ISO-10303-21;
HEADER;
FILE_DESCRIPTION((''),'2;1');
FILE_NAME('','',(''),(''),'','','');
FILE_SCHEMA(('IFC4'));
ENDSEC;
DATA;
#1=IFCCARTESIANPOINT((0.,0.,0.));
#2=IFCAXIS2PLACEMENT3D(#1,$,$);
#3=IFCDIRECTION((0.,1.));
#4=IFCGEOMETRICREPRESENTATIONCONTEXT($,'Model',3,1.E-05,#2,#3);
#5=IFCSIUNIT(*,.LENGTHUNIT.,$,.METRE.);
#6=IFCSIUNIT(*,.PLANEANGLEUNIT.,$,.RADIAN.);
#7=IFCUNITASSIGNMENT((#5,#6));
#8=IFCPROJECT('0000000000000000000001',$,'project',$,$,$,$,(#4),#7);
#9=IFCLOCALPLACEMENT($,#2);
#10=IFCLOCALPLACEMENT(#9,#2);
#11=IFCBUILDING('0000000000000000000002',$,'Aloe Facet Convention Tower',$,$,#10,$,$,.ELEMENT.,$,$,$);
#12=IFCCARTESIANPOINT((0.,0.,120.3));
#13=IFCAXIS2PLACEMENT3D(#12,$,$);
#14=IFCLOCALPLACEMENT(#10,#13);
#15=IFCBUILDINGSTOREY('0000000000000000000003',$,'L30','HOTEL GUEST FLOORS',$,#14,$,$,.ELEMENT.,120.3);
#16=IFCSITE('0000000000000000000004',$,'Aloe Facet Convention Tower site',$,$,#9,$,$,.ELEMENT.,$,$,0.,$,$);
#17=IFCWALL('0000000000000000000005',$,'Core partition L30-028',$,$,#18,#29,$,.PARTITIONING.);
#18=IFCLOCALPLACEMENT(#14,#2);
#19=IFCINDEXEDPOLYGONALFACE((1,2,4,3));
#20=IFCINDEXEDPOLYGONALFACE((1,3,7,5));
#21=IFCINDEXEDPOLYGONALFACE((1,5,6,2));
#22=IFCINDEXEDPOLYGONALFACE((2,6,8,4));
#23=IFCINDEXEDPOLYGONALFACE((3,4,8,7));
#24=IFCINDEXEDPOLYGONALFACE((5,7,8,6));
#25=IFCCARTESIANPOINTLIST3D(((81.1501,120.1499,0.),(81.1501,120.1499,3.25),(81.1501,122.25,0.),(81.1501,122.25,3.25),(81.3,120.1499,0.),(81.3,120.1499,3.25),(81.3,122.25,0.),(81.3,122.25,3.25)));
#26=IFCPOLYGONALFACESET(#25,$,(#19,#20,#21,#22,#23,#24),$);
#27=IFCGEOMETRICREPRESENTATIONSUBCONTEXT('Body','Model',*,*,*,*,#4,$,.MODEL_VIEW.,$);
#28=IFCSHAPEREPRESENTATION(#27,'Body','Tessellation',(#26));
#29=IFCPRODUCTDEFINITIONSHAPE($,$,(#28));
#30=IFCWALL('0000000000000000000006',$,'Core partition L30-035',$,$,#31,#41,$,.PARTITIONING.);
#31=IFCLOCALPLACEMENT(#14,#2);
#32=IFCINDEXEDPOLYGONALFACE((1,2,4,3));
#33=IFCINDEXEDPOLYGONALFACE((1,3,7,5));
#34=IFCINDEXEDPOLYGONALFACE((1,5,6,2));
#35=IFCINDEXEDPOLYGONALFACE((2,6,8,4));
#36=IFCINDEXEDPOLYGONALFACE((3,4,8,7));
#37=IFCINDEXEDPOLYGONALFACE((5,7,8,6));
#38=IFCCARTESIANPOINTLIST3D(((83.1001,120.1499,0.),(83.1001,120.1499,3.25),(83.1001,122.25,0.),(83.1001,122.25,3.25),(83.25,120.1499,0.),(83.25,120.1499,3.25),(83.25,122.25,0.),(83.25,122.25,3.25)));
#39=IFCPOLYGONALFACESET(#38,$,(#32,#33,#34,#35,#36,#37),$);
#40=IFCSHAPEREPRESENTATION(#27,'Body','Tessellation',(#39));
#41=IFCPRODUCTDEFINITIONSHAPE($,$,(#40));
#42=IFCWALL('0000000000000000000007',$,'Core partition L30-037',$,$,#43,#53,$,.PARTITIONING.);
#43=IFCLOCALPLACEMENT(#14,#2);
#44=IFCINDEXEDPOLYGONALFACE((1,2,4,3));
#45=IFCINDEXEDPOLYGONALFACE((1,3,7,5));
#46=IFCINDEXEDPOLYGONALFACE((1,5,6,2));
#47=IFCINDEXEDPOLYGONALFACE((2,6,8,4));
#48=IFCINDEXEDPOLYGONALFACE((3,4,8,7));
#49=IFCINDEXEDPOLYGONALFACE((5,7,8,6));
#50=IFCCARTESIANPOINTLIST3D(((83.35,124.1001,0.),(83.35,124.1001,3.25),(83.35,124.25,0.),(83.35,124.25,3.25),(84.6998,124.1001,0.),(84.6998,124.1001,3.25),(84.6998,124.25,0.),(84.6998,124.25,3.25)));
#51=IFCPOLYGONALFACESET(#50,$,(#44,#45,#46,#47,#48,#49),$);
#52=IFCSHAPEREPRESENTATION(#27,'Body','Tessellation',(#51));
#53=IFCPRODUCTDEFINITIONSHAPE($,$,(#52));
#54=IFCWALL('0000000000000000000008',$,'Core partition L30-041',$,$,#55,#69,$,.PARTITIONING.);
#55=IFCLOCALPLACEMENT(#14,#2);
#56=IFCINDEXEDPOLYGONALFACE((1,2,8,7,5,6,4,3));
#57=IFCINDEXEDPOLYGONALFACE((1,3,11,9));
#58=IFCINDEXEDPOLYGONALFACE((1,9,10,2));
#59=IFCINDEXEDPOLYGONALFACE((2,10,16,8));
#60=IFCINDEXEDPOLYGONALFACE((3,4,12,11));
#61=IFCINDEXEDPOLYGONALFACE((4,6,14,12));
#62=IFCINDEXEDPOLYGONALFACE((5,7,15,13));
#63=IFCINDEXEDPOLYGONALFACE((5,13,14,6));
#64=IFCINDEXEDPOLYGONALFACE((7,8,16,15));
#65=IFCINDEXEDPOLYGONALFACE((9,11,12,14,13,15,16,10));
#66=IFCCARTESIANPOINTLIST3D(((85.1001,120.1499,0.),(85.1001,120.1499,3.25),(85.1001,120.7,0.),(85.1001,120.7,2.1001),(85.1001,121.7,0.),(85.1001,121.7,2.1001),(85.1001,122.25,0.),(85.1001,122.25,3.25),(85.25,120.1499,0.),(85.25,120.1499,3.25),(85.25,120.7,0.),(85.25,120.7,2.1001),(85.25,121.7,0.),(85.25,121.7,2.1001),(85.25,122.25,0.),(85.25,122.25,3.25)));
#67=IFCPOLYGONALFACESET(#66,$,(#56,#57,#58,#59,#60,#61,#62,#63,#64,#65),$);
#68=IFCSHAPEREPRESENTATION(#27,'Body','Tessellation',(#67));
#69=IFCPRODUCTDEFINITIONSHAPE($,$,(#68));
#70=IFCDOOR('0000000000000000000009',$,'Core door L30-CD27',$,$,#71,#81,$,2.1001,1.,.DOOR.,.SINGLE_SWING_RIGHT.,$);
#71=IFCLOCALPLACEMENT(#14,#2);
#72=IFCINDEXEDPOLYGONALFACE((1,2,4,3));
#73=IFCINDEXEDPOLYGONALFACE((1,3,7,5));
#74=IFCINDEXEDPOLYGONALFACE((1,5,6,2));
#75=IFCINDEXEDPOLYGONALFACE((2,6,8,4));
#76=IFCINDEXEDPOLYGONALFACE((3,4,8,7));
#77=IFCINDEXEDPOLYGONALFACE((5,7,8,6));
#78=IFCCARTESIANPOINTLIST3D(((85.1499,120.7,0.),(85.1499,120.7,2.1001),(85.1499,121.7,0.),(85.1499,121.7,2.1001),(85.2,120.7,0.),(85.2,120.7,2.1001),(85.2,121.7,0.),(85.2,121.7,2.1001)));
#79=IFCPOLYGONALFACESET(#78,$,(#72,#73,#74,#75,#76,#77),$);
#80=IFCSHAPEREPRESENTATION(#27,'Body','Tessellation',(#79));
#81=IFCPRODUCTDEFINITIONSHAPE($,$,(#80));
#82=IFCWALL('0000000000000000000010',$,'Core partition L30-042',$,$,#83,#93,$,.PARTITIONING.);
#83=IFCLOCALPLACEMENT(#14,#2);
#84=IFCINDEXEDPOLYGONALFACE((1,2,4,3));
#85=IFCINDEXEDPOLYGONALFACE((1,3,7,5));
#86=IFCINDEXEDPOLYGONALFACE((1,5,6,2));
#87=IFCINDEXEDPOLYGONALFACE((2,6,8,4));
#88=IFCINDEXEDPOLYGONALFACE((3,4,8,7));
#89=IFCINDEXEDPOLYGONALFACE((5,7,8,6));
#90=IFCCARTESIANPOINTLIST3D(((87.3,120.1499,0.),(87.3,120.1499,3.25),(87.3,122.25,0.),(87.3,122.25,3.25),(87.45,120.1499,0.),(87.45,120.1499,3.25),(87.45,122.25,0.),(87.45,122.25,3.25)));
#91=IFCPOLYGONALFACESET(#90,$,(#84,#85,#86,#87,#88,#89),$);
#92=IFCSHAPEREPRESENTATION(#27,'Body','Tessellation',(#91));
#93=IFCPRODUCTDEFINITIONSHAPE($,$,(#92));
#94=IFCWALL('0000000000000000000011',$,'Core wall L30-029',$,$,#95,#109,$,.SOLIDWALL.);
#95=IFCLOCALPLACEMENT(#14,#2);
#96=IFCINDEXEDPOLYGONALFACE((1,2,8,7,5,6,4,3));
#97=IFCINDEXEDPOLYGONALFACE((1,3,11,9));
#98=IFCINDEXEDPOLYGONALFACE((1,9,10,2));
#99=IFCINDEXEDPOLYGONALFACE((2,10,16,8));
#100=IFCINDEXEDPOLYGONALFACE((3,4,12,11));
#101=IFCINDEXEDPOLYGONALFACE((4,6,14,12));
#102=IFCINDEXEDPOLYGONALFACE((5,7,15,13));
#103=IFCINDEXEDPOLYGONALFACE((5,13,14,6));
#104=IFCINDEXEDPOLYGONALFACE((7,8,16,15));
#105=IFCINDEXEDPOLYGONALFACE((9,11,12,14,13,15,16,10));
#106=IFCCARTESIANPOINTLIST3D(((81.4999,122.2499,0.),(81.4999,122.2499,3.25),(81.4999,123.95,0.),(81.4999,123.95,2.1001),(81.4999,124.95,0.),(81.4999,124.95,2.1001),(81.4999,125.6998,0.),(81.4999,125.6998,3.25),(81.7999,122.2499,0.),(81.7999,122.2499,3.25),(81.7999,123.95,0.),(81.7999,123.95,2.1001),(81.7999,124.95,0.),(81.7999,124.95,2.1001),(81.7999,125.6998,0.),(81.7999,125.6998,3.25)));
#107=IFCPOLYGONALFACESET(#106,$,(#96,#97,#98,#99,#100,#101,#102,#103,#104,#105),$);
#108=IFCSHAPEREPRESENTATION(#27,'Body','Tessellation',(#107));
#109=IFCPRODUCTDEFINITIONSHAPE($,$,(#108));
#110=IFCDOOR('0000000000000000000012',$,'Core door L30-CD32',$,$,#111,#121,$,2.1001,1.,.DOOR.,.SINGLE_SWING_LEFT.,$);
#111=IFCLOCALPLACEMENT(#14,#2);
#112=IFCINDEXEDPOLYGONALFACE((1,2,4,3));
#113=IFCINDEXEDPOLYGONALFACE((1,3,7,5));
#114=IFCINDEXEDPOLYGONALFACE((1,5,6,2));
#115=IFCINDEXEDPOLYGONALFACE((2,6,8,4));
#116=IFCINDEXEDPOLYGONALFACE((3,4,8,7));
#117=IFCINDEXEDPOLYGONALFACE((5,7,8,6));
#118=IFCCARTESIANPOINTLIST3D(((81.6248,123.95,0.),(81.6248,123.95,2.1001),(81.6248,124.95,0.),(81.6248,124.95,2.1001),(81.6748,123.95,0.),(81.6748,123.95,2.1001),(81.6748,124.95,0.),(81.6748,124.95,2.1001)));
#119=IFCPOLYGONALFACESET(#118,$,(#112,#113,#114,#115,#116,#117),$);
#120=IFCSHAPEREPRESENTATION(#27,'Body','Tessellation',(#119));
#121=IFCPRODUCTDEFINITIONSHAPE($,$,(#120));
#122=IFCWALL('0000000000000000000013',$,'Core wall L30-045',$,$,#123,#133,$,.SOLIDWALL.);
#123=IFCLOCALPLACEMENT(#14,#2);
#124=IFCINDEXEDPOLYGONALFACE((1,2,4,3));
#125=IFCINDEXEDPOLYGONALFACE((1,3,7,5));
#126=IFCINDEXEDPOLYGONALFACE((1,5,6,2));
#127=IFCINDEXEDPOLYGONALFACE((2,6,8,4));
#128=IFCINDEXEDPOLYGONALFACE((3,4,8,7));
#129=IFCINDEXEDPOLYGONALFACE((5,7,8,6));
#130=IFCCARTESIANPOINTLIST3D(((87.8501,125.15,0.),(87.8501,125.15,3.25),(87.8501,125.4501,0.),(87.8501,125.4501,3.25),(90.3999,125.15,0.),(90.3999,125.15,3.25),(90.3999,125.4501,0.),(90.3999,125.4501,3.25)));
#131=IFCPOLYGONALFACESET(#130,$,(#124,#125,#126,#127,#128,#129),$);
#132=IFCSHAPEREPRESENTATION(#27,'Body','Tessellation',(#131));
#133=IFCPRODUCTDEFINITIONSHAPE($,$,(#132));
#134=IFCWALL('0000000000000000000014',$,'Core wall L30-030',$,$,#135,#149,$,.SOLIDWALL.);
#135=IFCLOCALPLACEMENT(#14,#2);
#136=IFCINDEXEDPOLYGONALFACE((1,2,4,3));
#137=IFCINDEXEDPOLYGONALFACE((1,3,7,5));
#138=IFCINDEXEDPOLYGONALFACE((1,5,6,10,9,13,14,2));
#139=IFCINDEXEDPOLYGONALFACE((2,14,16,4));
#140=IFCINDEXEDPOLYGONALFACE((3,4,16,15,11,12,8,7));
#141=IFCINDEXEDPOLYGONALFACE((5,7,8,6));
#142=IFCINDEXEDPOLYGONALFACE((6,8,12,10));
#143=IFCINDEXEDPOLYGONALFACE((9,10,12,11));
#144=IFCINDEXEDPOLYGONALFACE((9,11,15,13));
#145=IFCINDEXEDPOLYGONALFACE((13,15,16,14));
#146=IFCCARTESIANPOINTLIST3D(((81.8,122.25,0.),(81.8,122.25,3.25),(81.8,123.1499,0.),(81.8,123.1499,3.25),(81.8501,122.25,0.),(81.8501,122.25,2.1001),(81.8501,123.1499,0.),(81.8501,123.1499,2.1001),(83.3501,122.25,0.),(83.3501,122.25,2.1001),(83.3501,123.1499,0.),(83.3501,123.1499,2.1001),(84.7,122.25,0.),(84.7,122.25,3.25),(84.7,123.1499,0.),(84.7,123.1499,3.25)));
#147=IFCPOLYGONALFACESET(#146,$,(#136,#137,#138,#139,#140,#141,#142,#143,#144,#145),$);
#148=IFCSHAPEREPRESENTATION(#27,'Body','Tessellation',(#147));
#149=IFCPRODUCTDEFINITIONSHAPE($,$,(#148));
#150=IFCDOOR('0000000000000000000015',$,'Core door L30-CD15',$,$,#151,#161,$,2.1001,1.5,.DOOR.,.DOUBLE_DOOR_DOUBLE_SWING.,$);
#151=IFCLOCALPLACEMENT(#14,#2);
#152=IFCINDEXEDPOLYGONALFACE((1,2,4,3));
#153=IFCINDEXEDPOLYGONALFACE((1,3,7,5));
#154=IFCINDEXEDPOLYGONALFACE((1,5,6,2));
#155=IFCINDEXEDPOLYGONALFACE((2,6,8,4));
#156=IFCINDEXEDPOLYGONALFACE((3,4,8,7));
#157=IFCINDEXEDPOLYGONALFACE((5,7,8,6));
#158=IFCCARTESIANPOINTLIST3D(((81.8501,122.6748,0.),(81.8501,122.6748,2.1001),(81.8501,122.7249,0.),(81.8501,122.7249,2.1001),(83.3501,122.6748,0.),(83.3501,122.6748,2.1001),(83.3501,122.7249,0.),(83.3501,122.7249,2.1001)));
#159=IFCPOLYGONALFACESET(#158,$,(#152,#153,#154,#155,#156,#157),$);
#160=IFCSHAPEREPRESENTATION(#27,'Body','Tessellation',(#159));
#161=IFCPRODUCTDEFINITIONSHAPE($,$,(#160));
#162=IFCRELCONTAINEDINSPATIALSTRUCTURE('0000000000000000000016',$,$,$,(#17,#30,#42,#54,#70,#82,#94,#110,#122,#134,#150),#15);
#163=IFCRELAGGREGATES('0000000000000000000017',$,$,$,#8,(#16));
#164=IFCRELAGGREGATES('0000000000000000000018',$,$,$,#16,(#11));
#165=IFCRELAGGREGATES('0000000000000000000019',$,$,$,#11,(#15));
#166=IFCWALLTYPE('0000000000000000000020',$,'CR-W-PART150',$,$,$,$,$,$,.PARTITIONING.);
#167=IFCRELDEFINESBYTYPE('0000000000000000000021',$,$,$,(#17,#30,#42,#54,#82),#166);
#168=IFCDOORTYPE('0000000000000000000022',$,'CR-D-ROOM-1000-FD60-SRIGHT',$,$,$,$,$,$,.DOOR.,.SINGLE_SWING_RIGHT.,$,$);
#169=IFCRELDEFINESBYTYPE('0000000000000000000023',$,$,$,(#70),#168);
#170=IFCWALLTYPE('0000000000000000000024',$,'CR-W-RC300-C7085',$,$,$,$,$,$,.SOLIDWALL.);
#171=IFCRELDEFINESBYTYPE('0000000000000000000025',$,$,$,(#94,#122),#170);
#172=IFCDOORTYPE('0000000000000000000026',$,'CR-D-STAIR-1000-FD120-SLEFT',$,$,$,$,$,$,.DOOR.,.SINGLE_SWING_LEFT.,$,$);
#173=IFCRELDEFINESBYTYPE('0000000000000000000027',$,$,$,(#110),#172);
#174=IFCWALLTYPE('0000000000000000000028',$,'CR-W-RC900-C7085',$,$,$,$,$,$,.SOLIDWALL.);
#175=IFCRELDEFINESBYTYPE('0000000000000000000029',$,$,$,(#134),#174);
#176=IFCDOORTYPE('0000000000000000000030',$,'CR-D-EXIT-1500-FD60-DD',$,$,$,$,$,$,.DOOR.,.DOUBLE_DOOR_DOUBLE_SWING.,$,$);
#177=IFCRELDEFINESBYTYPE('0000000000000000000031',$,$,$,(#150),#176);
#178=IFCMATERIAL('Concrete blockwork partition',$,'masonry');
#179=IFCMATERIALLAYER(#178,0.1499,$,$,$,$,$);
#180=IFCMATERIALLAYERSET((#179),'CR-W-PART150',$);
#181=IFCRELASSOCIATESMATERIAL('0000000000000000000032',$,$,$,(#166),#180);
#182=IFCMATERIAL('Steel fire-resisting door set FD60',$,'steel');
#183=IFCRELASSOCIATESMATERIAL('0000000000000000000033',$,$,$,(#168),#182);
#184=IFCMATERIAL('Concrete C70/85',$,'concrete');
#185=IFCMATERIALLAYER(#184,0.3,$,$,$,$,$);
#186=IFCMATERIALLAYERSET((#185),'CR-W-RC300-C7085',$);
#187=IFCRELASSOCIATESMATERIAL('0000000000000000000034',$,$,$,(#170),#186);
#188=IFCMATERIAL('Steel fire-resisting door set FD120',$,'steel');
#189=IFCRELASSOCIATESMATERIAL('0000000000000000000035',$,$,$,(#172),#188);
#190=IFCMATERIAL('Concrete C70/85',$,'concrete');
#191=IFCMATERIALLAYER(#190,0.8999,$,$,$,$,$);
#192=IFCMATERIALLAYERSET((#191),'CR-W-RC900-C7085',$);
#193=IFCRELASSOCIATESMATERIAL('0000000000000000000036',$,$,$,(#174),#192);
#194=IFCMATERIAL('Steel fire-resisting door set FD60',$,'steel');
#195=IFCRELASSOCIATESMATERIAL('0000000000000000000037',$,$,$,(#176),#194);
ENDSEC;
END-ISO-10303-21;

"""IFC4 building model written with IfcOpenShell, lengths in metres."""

from ifc_helpers import new_model, si_unit, direction, frame, frame_2d, origin, place, context, subcontext, project, spatial, rectangle, extrude, material, layer, layer_set, type_object, element, fill, save


model = new_model("IFC4")

# Units and contexts
model_context = context("Model", 3, precision=1e-05, world=origin(), true_north=direction((0.0, 1.0)))
body_context = subcontext(model_context, "Body", "Model", "MODEL_VIEW")
ifc_project = project(units=[si_unit("LENGTHUNIT", "METRE"), si_unit("PLANEANGLEUNIT", "RADIAN")], contexts=[model_context])

# Site, building, storey
site_placement = place(None, origin())
site = spatial("IfcSite", under=ifc_project, at=site_placement, Name="Aloe Facet Convention Tower site", CompositionType="ELEMENT", RefElevation=0.0)
building_placement = place(site_placement, origin())
building = spatial("IfcBuilding", under=site, at=building_placement, Name="Aloe Facet Convention Tower", CompositionType="ELEMENT")
storey_placement = place(building_placement, frame((0.0, 0.0, 120.3)))
storey = spatial("IfcBuildingStorey", under=building, at=storey_placement, Name="L30", Description="HOTEL GUEST FLOORS", CompositionType="ELEMENT", Elevation=120.3)

# Walls
ifc_material_1 = material(Name="Concrete blockwork partition", Category="masonry")
ifc_layer_1 = layer(ifc_material_1, 0.1499)
ifc_layer_set_1 = layer_set([ifc_layer_1], Name="CR-W-PART150")
wall_type_1 = type_object("IfcWallType", Name="CR-W-PART150", PredefinedType="PARTITIONING", material=ifc_layer_set_1)
for number, where, z_axis, x_axis, name in (
    (1, (81.2251, 122.25, 0.0), (0.0, 0.0, 1.0), (0.0, -1.0, 0.0), "Core partition L30-028"),
    (2, (83.175, 122.25, 0.0), (0.0, 0.0, 1.0), (0.0, -1.0, 0.0), "Core partition L30-035"),
):
    element("IfcWall", number, at=place(storey_placement, frame(where, z_axis=z_axis, x_axis=x_axis)), inside=storey, type_object=wall_type_1, Name=name, PredefinedType="PARTITIONING", context=body_context, shape_type="SweptSolid", body=[
        extrude(rectangle(XDim=2.1001, YDim=0.1499, at=frame_2d((1.05, 0.0))), origin(), (0.0, 0.0, 1.0), 3.25),
    ])
wall_1_placement = place(storey_placement, frame((83.3501, 124.175, 0.0), z_axis=(0.0, 0.0, 1.0), x_axis=(1.0, 0.0, 0.0)))
element("IfcWall", 3, at=wall_1_placement, inside=storey, type_object=wall_type_1, Name="Core partition L30-037", PredefinedType="PARTITIONING", context=body_context, shape_type="SweptSolid", body=[
    extrude(rectangle(XDim=1.3499, YDim=0.1499, at=frame_2d((0.6748, 0.0))), origin(), (0.0, 0.0, 1.0), 3.25),
])

# Wall, opening, door
wall_2_placement = place(storey_placement, frame((85.175, 122.25, 0.0), z_axis=(0.0, 0.0, 1.0), x_axis=(0.0, -1.0, 0.0)))
wall_2 = element("IfcWall", 4, at=wall_2_placement, inside=storey, type_object=wall_type_1, Name="Core partition L30-041", PredefinedType="PARTITIONING", context=body_context, shape_type="SweptSolid", body=[
    extrude(rectangle(XDim=2.1001, YDim=0.1499, at=frame_2d((1.05, 0.0))), origin(), (0.0, 0.0, 1.0), 3.25),
])
opening_1_placement = place(wall_2_placement, frame((0.55, 0.0, 0.0)))
opening_1 = element("IfcOpeningElement", 5, at=opening_1_placement, cuts=wall_2, PredefinedType="OPENING", context=body_context, shape_type="SweptSolid", body=[
    extrude(rectangle(XDim=1.0, YDim=2.1001, at=frame_2d((0.5, 1.05))), frame((0.0, 0.085, 0.0), z_axis=(0.0, -1.0, 0.0), x_axis=(1.0, 0.0, 0.0)), (0.0, 0.0, 1.0), 0.1699),
])
ifc_material_2 = material(Name="Steel fire-resisting door set FD60", Category="steel")
door_type_1 = type_object("IfcDoorType", Name="CR-D-ROOM-1000-FD60-SRIGHT", OperationType="SINGLE_SWING_RIGHT", PredefinedType="DOOR", material=ifc_material_2)
door_1_placement = place(opening_1_placement, origin())
door_1 = element("IfcDoor", 6, at=door_1_placement, inside=storey, type_object=door_type_1, Name="Core door L30-CD27", OperationType="SINGLE_SWING_RIGHT", OverallHeight=2.1001, OverallWidth=1.0, PredefinedType="DOOR", context=body_context, shape_type="SweptSolid", body=[
    extrude(rectangle(XDim=1.0, YDim=2.1001, at=frame_2d((0.5, 1.05))), frame((0.0, 0.0249, 0.0), z_axis=(0.0, -1.0, 0.0), x_axis=(1.0, 0.0, 0.0)), (0.0, 0.0, 1.0), 0.05),
])
fill(opening_1, door_1)

# Wall
wall_3_placement = place(storey_placement, frame((87.375, 122.25, 0.0), z_axis=(0.0, 0.0, 1.0), x_axis=(0.0, -1.0, 0.0)))
element("IfcWall", 7, at=wall_3_placement, inside=storey, type_object=wall_type_1, Name="Core partition L30-042", PredefinedType="PARTITIONING", context=body_context, shape_type="SweptSolid", body=[
    extrude(rectangle(XDim=2.1001, YDim=0.1499, at=frame_2d((1.05, 0.0))), origin(), (0.0, 0.0, 1.0), 3.25),
])

# Wall, opening, door
ifc_material_3 = material(Name="Concrete C70/85", Category="concrete")
ifc_layer_2 = layer(ifc_material_3, 0.3)
ifc_layer_set_2 = layer_set([ifc_layer_2], Name="CR-W-RC300-C7085")
wall_type_2 = type_object("IfcWallType", Name="CR-W-RC300-C7085", PredefinedType="SOLIDWALL", material=ifc_layer_set_2)
wall_4_placement = place(storey_placement, frame((81.6499, 125.7, 0.0), z_axis=(0.0, 0.0, 1.0), x_axis=(0.0, -1.0, 0.0)))
wall_4 = element("IfcWall", 8, at=wall_4_placement, inside=storey, type_object=wall_type_2, Name="Core wall L30-029", PredefinedType="SOLIDWALL", context=body_context, shape_type="SweptSolid", body=[
    extrude(rectangle(XDim=3.45, YDim=0.3, at=frame_2d((1.7251, 0.0))), origin(), (0.0, 0.0, 1.0), 3.25),
])
opening_2_placement = place(wall_4_placement, frame((0.75, 0.0, 0.0)))
opening_2 = element("IfcOpeningElement", 9, at=opening_2_placement, cuts=wall_4, PredefinedType="OPENING", context=body_context, shape_type="SweptSolid", body=[
    extrude(rectangle(XDim=1.0, YDim=2.1001, at=frame_2d((0.5, 1.05))), frame((0.0, 0.1602, 0.0), z_axis=(0.0, -1.0, 0.0), x_axis=(1.0, 0.0, 0.0)), (0.0, 0.0, 1.0), 0.3201),
])
ifc_material_4 = material(Name="Steel fire-resisting door set FD120", Category="steel")
door_type_2 = type_object("IfcDoorType", Name="CR-D-STAIR-1000-FD120-SLEFT", OperationType="SINGLE_SWING_LEFT", PredefinedType="DOOR", material=ifc_material_4)
door_2_placement = place(opening_2_placement, origin())
door_2 = element("IfcDoor", 10, at=door_2_placement, inside=storey, type_object=door_type_2, Name="Core door L30-CD32", OperationType="SINGLE_SWING_LEFT", OverallHeight=2.1001, OverallWidth=1.0, PredefinedType="DOOR", context=body_context, shape_type="SweptSolid", body=[
    extrude(rectangle(XDim=1.0, YDim=2.1001, at=frame_2d((0.5, 1.05))), frame((0.0, 0.0249, 0.0), z_axis=(0.0, -1.0, 0.0), x_axis=(1.0, 0.0, 0.0)), (0.0, 0.0, 1.0), 0.05),
])
fill(opening_2, door_2)

# Wall
wall_5_placement = place(storey_placement, frame((87.8501, 125.3, 0.0), z_axis=(0.0, 0.0, 1.0), x_axis=(1.0, 0.0, 0.0)))
element("IfcWall", 11, at=wall_5_placement, inside=storey, type_object=wall_type_2, Name="Core wall L30-045", PredefinedType="SOLIDWALL", context=body_context, shape_type="SweptSolid", body=[
    extrude(rectangle(XDim=2.5498, YDim=0.3, at=frame_2d((1.2749, 0.0))), origin(), (0.0, 0.0, 1.0), 3.25),
])

# Wall, opening, door
ifc_material_5 = material(Name="Concrete C70/85", Category="concrete")
ifc_layer_3 = layer(ifc_material_5, 0.8999)
ifc_layer_set_3 = layer_set([ifc_layer_3], Name="CR-W-RC900-C7085")
wall_type_3 = type_object("IfcWallType", Name="CR-W-RC900-C7085", PredefinedType="SOLIDWALL", material=ifc_layer_set_3)
wall_6_placement = place(storey_placement, frame((81.8, 122.7, 0.0), z_axis=(0.0, 0.0, 1.0), x_axis=(1.0, 0.0, 0.0)))
wall_6 = element("IfcWall", 12, at=wall_6_placement, inside=storey, type_object=wall_type_3, Name="Core wall L30-030", PredefinedType="SOLIDWALL", context=body_context, shape_type="SweptSolid", body=[
    extrude(rectangle(XDim=2.8999, YDim=0.8999, at=frame_2d((1.45, 0.0))), origin(), (0.0, 0.0, 1.0), 3.25),
])
opening_3_placement = place(wall_6_placement, frame((0.05, 0.0, 0.0)))
opening_3 = element("IfcOpeningElement", 13, at=opening_3_placement, cuts=wall_6, PredefinedType="OPENING", context=body_context, shape_type="SweptSolid", body=[
    extrude(rectangle(XDim=1.5, YDim=2.1001, at=frame_2d((0.75, 1.05))), frame((0.0, 0.46, 0.0), z_axis=(0.0, -1.0, 0.0), x_axis=(1.0, 0.0, 0.0)), (0.0, 0.0, 1.0), 0.9199),
])
ifc_material_6 = material(Name="Steel fire-resisting door set FD60", Category="steel")
door_type_3 = type_object("IfcDoorType", Name="CR-D-EXIT-1500-FD60-DD", OperationType="DOUBLE_DOOR_DOUBLE_SWING", PredefinedType="DOOR", material=ifc_material_6)
door_3_placement = place(opening_3_placement, origin())
door_3 = element("IfcDoor", 14, at=door_3_placement, inside=storey, type_object=door_type_3, Name="Core door L30-CD15", OperationType="DOUBLE_DOOR_DOUBLE_SWING", OverallHeight=2.1001, OverallWidth=1.5, PredefinedType="DOOR", context=body_context, shape_type="SweptSolid", body=[
    extrude(rectangle(XDim=1.5, YDim=2.1001, at=frame_2d((0.75, 1.05))), frame((0.0, 0.0249, 0.0), z_axis=(0.0, -1.0, 0.0), x_axis=(1.0, 0.0, 0.0)), (0.0, 0.0, 1.0), 0.05),
])
fill(opening_3, door_3)

save(model, "model.ifc")
